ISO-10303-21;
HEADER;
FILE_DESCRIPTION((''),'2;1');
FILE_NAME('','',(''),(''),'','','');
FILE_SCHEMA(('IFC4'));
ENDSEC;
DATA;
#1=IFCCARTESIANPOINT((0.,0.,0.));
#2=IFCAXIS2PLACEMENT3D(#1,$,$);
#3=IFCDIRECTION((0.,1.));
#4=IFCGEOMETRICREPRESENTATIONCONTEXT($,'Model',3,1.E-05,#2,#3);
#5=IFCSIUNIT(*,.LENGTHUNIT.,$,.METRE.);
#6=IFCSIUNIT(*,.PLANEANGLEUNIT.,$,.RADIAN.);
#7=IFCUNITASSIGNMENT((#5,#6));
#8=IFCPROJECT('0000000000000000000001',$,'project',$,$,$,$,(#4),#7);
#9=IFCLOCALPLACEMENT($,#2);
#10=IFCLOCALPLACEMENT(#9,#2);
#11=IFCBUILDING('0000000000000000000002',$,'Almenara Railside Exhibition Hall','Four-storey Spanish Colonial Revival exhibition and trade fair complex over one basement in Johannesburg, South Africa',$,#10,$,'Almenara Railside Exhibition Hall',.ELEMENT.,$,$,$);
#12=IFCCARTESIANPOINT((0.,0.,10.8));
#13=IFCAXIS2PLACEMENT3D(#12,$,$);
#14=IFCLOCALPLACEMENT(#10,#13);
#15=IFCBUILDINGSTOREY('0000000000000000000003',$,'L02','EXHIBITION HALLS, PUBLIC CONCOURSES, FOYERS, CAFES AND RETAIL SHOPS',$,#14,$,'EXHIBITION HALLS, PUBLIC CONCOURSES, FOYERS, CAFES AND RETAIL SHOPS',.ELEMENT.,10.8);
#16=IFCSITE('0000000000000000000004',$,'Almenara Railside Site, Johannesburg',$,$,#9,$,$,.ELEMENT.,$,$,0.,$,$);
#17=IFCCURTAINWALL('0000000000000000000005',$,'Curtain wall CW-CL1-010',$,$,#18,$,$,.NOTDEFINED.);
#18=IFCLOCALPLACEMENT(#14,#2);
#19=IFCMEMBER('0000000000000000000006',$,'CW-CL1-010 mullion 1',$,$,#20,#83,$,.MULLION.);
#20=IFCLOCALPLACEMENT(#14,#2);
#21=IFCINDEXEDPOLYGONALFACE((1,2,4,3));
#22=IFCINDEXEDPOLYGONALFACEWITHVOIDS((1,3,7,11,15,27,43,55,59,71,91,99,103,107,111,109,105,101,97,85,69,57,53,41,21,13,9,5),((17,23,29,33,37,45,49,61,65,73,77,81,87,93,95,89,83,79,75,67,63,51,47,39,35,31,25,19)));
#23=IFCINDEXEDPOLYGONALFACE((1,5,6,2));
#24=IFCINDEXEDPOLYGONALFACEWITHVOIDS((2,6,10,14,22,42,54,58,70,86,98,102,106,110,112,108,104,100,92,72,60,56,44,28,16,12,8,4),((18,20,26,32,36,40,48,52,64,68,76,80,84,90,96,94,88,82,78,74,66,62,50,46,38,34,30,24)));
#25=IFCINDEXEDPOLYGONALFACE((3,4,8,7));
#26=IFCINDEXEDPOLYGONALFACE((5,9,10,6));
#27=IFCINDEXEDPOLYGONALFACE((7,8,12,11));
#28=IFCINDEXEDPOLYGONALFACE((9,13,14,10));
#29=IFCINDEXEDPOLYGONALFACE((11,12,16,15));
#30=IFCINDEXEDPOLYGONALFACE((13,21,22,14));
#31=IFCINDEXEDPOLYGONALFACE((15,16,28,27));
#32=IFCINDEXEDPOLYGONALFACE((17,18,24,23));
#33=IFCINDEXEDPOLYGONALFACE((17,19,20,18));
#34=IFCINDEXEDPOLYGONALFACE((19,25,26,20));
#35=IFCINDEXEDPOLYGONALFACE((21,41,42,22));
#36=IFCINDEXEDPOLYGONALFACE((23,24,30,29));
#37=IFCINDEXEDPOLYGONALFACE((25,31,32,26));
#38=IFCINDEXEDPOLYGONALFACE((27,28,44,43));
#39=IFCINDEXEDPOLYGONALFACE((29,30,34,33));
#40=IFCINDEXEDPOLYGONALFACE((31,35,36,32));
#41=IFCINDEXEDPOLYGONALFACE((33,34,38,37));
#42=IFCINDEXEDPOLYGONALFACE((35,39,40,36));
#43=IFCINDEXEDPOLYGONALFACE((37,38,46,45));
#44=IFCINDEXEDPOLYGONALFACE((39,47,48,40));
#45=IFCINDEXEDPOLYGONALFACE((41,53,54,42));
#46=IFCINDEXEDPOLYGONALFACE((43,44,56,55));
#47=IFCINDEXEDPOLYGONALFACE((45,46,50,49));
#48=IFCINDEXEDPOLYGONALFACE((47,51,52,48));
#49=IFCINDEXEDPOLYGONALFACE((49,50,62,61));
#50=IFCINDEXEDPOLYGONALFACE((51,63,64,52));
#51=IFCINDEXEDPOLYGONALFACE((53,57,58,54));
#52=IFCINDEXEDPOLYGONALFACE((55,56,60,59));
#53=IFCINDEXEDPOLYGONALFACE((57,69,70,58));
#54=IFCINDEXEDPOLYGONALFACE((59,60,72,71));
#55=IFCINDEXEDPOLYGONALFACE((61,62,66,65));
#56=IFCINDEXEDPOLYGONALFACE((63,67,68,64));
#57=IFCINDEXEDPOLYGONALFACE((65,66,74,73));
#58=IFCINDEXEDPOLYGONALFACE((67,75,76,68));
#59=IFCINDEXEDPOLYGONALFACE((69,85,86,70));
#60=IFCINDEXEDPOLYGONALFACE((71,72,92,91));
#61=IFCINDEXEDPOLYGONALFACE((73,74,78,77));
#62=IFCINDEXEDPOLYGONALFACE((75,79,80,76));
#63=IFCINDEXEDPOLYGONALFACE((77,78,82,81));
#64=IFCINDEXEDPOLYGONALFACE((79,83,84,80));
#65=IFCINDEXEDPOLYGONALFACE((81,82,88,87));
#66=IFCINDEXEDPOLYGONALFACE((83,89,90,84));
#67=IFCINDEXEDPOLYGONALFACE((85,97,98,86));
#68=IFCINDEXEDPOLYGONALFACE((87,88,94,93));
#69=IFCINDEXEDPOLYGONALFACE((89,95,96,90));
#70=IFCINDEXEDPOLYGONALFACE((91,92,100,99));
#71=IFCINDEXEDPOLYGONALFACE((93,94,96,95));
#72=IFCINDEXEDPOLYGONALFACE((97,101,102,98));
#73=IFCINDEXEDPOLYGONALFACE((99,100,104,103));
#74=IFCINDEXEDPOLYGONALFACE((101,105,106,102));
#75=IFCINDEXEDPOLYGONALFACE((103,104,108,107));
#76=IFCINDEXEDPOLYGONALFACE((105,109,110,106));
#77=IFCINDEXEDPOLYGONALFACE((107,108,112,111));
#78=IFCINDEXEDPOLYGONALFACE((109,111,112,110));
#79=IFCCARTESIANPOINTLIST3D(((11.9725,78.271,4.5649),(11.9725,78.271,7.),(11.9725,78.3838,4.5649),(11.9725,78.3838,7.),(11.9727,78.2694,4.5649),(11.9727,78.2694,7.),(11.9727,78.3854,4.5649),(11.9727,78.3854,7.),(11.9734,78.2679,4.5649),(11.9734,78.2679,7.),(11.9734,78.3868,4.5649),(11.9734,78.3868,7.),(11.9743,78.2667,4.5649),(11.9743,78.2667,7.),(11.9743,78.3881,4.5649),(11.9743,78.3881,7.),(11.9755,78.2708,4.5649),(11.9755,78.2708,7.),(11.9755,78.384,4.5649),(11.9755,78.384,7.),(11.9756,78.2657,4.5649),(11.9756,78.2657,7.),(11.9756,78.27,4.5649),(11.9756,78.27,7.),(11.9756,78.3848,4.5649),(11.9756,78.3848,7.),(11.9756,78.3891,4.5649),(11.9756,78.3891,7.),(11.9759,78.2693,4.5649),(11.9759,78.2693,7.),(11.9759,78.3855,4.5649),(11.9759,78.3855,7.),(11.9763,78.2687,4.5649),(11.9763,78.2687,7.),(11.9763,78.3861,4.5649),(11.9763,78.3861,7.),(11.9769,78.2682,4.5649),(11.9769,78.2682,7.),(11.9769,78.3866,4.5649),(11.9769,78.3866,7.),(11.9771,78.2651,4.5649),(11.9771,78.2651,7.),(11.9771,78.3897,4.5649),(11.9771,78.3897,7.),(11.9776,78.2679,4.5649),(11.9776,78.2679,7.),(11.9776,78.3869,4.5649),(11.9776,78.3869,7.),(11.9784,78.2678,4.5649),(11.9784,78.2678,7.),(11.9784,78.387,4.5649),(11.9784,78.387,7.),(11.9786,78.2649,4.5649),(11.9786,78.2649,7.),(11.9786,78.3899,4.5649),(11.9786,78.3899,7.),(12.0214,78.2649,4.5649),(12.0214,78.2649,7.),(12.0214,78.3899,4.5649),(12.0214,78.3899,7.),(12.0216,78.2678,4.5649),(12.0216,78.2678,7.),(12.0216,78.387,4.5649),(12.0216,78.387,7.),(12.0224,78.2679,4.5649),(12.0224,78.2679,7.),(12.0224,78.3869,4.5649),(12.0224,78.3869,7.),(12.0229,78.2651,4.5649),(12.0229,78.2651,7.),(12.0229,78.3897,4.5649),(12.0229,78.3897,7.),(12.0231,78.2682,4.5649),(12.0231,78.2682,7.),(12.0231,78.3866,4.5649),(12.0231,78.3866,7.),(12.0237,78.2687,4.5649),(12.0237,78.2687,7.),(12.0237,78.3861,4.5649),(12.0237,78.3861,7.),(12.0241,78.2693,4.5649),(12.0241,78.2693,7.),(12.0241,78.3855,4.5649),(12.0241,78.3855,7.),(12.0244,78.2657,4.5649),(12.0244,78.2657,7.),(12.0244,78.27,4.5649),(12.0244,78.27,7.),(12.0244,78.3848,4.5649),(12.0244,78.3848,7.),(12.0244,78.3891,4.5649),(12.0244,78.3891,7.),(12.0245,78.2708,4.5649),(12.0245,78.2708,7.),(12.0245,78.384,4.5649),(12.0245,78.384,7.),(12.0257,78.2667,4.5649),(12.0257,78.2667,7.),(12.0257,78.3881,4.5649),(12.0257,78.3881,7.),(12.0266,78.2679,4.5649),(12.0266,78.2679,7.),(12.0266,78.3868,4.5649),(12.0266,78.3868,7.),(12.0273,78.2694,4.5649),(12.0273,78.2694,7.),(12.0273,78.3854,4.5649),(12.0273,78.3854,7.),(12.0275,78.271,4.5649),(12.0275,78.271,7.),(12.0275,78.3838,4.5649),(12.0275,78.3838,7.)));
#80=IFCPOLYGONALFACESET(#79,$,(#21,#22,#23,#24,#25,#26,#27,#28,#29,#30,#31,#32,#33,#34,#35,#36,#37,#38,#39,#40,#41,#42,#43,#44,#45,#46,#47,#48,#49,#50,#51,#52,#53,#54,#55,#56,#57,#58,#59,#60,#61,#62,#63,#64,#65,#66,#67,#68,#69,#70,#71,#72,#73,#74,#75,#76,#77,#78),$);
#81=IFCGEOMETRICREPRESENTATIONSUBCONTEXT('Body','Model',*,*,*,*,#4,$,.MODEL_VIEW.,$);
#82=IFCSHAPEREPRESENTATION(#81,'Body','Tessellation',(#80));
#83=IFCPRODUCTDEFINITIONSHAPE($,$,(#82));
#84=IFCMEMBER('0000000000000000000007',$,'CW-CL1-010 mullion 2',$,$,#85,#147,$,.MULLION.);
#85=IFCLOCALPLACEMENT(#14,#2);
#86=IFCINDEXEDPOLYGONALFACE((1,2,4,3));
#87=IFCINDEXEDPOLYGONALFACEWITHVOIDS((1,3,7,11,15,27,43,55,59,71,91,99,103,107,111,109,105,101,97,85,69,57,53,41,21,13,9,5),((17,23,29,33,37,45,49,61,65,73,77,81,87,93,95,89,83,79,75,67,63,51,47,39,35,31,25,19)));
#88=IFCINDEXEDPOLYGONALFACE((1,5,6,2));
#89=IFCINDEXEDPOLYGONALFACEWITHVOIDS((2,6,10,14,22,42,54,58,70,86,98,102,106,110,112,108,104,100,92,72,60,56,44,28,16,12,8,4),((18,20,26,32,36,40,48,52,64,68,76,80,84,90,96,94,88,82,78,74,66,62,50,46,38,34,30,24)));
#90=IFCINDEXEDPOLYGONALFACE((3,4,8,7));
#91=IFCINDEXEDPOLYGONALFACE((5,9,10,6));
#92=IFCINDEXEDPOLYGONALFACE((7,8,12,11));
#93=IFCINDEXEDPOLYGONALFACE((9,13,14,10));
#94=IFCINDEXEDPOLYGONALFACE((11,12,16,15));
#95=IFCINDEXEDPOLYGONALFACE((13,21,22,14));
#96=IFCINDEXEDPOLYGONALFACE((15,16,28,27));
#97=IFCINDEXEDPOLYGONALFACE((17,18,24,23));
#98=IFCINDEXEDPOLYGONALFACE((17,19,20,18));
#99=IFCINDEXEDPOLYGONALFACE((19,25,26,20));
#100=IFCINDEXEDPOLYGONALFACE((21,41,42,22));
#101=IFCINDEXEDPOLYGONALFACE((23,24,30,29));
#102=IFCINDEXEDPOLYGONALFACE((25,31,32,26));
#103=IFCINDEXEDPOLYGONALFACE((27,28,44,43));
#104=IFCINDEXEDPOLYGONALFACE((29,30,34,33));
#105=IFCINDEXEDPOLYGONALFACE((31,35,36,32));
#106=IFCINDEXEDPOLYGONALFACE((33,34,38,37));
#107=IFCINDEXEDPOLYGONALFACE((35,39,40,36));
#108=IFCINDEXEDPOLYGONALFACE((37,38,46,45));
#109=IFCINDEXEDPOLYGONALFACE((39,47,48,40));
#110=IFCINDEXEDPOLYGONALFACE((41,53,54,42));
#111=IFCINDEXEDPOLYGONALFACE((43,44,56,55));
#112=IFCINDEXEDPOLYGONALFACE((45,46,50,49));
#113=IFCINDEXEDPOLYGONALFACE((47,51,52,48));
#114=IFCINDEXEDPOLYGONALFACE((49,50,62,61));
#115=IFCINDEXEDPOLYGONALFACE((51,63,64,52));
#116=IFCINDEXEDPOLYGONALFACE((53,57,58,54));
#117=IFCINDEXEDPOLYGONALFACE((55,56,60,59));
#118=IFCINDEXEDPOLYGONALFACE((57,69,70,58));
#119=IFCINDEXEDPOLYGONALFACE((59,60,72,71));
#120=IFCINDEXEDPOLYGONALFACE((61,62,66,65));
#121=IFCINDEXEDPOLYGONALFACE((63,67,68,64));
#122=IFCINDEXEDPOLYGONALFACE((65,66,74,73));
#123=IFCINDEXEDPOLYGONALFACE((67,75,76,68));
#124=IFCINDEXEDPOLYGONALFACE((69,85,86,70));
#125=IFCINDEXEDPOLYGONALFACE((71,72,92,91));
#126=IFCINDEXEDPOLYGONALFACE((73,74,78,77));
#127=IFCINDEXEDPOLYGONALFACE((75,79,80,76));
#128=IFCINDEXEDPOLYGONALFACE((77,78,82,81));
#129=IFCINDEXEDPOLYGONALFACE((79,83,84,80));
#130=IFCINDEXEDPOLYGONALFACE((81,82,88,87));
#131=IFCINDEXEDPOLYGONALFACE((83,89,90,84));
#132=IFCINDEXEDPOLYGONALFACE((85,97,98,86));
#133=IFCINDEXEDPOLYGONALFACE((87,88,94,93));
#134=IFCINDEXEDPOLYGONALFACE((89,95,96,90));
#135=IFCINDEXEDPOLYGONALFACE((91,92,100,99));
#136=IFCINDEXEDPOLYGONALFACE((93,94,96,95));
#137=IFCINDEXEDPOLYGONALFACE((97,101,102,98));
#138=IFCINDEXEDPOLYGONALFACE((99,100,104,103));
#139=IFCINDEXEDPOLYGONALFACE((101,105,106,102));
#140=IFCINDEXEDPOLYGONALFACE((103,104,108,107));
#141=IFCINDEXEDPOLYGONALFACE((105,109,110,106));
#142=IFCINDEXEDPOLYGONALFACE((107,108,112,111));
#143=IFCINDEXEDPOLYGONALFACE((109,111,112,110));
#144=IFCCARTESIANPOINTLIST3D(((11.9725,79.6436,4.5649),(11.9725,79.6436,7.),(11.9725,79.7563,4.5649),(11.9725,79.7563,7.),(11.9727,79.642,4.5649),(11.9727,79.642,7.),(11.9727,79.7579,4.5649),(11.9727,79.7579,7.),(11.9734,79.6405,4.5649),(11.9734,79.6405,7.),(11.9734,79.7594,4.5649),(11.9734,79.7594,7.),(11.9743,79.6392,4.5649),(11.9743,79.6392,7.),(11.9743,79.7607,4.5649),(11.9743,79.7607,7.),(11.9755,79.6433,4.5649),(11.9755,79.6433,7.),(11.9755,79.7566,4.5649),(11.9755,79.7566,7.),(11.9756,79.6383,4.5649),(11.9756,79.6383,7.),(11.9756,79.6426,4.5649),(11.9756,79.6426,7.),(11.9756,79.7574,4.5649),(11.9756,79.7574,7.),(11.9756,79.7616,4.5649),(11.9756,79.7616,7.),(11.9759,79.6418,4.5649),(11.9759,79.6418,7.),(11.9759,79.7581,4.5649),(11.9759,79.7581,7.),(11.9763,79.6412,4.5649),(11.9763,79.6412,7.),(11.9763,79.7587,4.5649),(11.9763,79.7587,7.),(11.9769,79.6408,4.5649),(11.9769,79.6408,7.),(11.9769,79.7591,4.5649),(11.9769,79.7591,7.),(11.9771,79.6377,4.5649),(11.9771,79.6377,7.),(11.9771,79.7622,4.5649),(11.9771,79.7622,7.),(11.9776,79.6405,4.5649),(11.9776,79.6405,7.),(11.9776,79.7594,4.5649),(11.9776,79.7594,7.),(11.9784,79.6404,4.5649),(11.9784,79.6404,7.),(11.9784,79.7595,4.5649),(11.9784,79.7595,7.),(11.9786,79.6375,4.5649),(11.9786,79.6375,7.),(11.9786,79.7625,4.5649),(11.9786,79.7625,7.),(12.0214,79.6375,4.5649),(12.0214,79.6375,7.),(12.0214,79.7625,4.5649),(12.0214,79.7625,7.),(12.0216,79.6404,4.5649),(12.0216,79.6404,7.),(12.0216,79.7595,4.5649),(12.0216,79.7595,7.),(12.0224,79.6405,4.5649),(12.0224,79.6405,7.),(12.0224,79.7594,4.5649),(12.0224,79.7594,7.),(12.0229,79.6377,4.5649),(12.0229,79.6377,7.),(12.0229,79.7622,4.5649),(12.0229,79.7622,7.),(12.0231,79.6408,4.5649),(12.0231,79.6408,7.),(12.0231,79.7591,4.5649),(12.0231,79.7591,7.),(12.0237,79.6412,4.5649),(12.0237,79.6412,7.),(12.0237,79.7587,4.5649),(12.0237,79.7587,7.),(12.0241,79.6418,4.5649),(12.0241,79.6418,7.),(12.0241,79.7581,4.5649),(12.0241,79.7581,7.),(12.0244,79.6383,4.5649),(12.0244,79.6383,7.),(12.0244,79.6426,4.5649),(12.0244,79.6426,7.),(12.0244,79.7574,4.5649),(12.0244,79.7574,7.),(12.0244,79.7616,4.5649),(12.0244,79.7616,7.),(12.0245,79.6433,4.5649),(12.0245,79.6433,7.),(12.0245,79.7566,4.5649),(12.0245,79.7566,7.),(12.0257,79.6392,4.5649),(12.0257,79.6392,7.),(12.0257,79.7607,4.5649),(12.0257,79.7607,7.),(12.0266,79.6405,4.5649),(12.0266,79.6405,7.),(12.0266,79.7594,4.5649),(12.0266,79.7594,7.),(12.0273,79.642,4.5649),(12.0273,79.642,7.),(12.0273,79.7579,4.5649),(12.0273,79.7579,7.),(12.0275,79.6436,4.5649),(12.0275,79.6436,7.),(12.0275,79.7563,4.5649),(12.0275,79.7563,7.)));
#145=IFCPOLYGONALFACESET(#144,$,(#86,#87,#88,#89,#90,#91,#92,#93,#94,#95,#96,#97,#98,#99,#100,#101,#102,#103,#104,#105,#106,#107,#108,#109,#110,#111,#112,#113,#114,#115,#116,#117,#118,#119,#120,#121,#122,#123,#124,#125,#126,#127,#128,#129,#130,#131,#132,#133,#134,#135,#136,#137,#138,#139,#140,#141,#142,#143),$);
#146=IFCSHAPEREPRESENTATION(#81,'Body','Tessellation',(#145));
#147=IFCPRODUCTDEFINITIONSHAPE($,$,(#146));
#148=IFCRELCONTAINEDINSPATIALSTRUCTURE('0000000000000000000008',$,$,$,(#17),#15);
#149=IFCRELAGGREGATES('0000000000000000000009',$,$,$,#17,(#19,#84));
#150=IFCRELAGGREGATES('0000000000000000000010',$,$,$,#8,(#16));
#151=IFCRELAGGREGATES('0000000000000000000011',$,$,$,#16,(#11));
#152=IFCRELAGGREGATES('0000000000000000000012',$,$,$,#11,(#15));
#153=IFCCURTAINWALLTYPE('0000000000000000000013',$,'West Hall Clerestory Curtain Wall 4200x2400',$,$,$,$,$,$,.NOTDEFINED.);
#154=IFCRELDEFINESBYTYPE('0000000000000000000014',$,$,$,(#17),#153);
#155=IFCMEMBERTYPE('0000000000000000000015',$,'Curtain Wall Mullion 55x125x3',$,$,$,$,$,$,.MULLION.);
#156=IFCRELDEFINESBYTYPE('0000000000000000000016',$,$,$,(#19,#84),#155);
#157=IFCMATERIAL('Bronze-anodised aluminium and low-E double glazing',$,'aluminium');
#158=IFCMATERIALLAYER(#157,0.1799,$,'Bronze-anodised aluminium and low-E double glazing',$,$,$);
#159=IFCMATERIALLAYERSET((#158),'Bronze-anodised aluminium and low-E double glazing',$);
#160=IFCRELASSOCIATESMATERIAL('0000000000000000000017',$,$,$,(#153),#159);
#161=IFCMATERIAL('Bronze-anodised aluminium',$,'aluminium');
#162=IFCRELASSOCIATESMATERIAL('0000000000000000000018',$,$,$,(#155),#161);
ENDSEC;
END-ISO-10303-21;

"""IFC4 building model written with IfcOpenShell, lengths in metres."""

from ifc_helpers import new_model, si_unit, direction, frame, origin, origin_2d, place, context, subcontext, project, spatial, hollow_rectangle, extrude, material, layer, layer_set, material_profile, profile_set, type_object, element, aggregate, save


model = new_model("IFC4")

# Units and contexts
model_context = context("Model", 3, precision=1e-05, world=origin(), true_north=direction((0.0, 1.0)))
body_context = subcontext(model_context, "Body", "Model", "MODEL_VIEW")
ifc_project = project(units=[si_unit("LENGTHUNIT", "METRE"), si_unit("PLANEANGLEUNIT", "RADIAN")], contexts=[model_context])

# Site, building, storey
site_placement = place(None, origin())
site = spatial("IfcSite", under=ifc_project, at=site_placement, Name="Almenara Railside Site, Johannesburg", CompositionType="ELEMENT", RefElevation=0.0)
building_placement = place(site_placement, origin())
building = spatial("IfcBuilding", under=site, at=building_placement, Name="Almenara Railside Exhibition Hall", Description="Four-storey Spanish Colonial Revival exhibition and trade fair complex over one basement in Johannesburg, South Africa", LongName="Almenara Railside Exhibition Hall", CompositionType="ELEMENT")
storey_placement = place(building_placement, frame((0.0, 0.0, 10.8)))
storey = spatial("IfcBuildingStorey", under=building, at=storey_placement, Name="L02", Description="EXHIBITION HALLS, PUBLIC CONCOURSES, FOYERS, CAFES AND RETAIL SHOPS", LongName="EXHIBITION HALLS, PUBLIC CONCOURSES, FOYERS, CAFES AND RETAIL SHOPS", CompositionType="ELEMENT", Elevation=10.8)

# Curtain wall, members
ifc_material_1 = material(Name="Bronze-anodised aluminium and low-E double glazing", Category="aluminium")
ifc_layer_1 = layer(ifc_material_1, 0.1799, Name="Bronze-anodised aluminium and low-E double glazing")
ifc_layer_set_1 = layer_set([ifc_layer_1], Name="Bronze-anodised aluminium and low-E double glazing")
curtain_wall_type = type_object("IfcCurtainWallType", Name="West Hall Clerestory Curtain Wall 4200x2400", PredefinedType="NOTDEFINED", material=ifc_layer_set_1)
curtain_wall_1_placement = place(storey_placement, origin())
curtain_wall_1 = element("IfcCurtainWall", 1, at=curtain_wall_1_placement, inside=storey, type_object=curtain_wall_type, Name="Curtain wall CW-CL1-010", PredefinedType="NOTDEFINED")
ifc_material_2 = material(Name="Bronze-anodised aluminium", Category="aluminium")
ifc_material_profile_1 = material_profile(ifc_material_2, hollow_rectangle(XDim=0.0549, YDim=0.125, WallThickness=0.0029, InnerFilletRadius=0.0029, OuterFilletRadius=0.0061, at=origin_2d()), Name="ALU-MUL 55x125x3")
ifc_profile_set_1 = profile_set([ifc_material_profile_1], Name="Bronze-anodised aluminium")
member_type_1 = type_object("IfcMemberType", Name="Curtain Wall Mullion 55x125x3", PredefinedType="MULLION", material=ifc_profile_set_1)
member_1_placement = place(storey_placement, frame((12.0, 78.3274, 4.5649), z_axis=(0.0, 0.0, 1.0), x_axis=(-1.0, 0.0, 0.0)))
member_1 = element("IfcMember", 2, at=member_1_placement, type_object=member_type_1, Name="CW-CL1-010 mullion 1", PredefinedType="MULLION", context=body_context, shape_type="SweptSolid", body=[
    extrude(hollow_rectangle(XDim=0.0549, YDim=0.125, WallThickness=0.0029, InnerFilletRadius=0.0029, OuterFilletRadius=0.0061, at=origin_2d()), origin(), (0.0, 0.0, 1.0), 2.4351),
])
member_2_placement = place(storey_placement, frame((12.0, 79.7, 4.5649), z_axis=(0.0, 0.0, 1.0), x_axis=(-1.0, 0.0, 0.0)))
member_2 = element("IfcMember", 3, at=member_2_placement, type_object=member_type_1, Name="CW-CL1-010 mullion 2", PredefinedType="MULLION", context=body_context, shape_type="SweptSolid", body=[
    extrude(hollow_rectangle(XDim=0.0549, YDim=0.125, WallThickness=0.0029, InnerFilletRadius=0.0029, OuterFilletRadius=0.0061, at=origin_2d()), origin(), (0.0, 0.0, 1.0), 2.4351),
])

aggregate(curtain_wall_1, [member_1, member_2])

save(model, "model.ifc")
